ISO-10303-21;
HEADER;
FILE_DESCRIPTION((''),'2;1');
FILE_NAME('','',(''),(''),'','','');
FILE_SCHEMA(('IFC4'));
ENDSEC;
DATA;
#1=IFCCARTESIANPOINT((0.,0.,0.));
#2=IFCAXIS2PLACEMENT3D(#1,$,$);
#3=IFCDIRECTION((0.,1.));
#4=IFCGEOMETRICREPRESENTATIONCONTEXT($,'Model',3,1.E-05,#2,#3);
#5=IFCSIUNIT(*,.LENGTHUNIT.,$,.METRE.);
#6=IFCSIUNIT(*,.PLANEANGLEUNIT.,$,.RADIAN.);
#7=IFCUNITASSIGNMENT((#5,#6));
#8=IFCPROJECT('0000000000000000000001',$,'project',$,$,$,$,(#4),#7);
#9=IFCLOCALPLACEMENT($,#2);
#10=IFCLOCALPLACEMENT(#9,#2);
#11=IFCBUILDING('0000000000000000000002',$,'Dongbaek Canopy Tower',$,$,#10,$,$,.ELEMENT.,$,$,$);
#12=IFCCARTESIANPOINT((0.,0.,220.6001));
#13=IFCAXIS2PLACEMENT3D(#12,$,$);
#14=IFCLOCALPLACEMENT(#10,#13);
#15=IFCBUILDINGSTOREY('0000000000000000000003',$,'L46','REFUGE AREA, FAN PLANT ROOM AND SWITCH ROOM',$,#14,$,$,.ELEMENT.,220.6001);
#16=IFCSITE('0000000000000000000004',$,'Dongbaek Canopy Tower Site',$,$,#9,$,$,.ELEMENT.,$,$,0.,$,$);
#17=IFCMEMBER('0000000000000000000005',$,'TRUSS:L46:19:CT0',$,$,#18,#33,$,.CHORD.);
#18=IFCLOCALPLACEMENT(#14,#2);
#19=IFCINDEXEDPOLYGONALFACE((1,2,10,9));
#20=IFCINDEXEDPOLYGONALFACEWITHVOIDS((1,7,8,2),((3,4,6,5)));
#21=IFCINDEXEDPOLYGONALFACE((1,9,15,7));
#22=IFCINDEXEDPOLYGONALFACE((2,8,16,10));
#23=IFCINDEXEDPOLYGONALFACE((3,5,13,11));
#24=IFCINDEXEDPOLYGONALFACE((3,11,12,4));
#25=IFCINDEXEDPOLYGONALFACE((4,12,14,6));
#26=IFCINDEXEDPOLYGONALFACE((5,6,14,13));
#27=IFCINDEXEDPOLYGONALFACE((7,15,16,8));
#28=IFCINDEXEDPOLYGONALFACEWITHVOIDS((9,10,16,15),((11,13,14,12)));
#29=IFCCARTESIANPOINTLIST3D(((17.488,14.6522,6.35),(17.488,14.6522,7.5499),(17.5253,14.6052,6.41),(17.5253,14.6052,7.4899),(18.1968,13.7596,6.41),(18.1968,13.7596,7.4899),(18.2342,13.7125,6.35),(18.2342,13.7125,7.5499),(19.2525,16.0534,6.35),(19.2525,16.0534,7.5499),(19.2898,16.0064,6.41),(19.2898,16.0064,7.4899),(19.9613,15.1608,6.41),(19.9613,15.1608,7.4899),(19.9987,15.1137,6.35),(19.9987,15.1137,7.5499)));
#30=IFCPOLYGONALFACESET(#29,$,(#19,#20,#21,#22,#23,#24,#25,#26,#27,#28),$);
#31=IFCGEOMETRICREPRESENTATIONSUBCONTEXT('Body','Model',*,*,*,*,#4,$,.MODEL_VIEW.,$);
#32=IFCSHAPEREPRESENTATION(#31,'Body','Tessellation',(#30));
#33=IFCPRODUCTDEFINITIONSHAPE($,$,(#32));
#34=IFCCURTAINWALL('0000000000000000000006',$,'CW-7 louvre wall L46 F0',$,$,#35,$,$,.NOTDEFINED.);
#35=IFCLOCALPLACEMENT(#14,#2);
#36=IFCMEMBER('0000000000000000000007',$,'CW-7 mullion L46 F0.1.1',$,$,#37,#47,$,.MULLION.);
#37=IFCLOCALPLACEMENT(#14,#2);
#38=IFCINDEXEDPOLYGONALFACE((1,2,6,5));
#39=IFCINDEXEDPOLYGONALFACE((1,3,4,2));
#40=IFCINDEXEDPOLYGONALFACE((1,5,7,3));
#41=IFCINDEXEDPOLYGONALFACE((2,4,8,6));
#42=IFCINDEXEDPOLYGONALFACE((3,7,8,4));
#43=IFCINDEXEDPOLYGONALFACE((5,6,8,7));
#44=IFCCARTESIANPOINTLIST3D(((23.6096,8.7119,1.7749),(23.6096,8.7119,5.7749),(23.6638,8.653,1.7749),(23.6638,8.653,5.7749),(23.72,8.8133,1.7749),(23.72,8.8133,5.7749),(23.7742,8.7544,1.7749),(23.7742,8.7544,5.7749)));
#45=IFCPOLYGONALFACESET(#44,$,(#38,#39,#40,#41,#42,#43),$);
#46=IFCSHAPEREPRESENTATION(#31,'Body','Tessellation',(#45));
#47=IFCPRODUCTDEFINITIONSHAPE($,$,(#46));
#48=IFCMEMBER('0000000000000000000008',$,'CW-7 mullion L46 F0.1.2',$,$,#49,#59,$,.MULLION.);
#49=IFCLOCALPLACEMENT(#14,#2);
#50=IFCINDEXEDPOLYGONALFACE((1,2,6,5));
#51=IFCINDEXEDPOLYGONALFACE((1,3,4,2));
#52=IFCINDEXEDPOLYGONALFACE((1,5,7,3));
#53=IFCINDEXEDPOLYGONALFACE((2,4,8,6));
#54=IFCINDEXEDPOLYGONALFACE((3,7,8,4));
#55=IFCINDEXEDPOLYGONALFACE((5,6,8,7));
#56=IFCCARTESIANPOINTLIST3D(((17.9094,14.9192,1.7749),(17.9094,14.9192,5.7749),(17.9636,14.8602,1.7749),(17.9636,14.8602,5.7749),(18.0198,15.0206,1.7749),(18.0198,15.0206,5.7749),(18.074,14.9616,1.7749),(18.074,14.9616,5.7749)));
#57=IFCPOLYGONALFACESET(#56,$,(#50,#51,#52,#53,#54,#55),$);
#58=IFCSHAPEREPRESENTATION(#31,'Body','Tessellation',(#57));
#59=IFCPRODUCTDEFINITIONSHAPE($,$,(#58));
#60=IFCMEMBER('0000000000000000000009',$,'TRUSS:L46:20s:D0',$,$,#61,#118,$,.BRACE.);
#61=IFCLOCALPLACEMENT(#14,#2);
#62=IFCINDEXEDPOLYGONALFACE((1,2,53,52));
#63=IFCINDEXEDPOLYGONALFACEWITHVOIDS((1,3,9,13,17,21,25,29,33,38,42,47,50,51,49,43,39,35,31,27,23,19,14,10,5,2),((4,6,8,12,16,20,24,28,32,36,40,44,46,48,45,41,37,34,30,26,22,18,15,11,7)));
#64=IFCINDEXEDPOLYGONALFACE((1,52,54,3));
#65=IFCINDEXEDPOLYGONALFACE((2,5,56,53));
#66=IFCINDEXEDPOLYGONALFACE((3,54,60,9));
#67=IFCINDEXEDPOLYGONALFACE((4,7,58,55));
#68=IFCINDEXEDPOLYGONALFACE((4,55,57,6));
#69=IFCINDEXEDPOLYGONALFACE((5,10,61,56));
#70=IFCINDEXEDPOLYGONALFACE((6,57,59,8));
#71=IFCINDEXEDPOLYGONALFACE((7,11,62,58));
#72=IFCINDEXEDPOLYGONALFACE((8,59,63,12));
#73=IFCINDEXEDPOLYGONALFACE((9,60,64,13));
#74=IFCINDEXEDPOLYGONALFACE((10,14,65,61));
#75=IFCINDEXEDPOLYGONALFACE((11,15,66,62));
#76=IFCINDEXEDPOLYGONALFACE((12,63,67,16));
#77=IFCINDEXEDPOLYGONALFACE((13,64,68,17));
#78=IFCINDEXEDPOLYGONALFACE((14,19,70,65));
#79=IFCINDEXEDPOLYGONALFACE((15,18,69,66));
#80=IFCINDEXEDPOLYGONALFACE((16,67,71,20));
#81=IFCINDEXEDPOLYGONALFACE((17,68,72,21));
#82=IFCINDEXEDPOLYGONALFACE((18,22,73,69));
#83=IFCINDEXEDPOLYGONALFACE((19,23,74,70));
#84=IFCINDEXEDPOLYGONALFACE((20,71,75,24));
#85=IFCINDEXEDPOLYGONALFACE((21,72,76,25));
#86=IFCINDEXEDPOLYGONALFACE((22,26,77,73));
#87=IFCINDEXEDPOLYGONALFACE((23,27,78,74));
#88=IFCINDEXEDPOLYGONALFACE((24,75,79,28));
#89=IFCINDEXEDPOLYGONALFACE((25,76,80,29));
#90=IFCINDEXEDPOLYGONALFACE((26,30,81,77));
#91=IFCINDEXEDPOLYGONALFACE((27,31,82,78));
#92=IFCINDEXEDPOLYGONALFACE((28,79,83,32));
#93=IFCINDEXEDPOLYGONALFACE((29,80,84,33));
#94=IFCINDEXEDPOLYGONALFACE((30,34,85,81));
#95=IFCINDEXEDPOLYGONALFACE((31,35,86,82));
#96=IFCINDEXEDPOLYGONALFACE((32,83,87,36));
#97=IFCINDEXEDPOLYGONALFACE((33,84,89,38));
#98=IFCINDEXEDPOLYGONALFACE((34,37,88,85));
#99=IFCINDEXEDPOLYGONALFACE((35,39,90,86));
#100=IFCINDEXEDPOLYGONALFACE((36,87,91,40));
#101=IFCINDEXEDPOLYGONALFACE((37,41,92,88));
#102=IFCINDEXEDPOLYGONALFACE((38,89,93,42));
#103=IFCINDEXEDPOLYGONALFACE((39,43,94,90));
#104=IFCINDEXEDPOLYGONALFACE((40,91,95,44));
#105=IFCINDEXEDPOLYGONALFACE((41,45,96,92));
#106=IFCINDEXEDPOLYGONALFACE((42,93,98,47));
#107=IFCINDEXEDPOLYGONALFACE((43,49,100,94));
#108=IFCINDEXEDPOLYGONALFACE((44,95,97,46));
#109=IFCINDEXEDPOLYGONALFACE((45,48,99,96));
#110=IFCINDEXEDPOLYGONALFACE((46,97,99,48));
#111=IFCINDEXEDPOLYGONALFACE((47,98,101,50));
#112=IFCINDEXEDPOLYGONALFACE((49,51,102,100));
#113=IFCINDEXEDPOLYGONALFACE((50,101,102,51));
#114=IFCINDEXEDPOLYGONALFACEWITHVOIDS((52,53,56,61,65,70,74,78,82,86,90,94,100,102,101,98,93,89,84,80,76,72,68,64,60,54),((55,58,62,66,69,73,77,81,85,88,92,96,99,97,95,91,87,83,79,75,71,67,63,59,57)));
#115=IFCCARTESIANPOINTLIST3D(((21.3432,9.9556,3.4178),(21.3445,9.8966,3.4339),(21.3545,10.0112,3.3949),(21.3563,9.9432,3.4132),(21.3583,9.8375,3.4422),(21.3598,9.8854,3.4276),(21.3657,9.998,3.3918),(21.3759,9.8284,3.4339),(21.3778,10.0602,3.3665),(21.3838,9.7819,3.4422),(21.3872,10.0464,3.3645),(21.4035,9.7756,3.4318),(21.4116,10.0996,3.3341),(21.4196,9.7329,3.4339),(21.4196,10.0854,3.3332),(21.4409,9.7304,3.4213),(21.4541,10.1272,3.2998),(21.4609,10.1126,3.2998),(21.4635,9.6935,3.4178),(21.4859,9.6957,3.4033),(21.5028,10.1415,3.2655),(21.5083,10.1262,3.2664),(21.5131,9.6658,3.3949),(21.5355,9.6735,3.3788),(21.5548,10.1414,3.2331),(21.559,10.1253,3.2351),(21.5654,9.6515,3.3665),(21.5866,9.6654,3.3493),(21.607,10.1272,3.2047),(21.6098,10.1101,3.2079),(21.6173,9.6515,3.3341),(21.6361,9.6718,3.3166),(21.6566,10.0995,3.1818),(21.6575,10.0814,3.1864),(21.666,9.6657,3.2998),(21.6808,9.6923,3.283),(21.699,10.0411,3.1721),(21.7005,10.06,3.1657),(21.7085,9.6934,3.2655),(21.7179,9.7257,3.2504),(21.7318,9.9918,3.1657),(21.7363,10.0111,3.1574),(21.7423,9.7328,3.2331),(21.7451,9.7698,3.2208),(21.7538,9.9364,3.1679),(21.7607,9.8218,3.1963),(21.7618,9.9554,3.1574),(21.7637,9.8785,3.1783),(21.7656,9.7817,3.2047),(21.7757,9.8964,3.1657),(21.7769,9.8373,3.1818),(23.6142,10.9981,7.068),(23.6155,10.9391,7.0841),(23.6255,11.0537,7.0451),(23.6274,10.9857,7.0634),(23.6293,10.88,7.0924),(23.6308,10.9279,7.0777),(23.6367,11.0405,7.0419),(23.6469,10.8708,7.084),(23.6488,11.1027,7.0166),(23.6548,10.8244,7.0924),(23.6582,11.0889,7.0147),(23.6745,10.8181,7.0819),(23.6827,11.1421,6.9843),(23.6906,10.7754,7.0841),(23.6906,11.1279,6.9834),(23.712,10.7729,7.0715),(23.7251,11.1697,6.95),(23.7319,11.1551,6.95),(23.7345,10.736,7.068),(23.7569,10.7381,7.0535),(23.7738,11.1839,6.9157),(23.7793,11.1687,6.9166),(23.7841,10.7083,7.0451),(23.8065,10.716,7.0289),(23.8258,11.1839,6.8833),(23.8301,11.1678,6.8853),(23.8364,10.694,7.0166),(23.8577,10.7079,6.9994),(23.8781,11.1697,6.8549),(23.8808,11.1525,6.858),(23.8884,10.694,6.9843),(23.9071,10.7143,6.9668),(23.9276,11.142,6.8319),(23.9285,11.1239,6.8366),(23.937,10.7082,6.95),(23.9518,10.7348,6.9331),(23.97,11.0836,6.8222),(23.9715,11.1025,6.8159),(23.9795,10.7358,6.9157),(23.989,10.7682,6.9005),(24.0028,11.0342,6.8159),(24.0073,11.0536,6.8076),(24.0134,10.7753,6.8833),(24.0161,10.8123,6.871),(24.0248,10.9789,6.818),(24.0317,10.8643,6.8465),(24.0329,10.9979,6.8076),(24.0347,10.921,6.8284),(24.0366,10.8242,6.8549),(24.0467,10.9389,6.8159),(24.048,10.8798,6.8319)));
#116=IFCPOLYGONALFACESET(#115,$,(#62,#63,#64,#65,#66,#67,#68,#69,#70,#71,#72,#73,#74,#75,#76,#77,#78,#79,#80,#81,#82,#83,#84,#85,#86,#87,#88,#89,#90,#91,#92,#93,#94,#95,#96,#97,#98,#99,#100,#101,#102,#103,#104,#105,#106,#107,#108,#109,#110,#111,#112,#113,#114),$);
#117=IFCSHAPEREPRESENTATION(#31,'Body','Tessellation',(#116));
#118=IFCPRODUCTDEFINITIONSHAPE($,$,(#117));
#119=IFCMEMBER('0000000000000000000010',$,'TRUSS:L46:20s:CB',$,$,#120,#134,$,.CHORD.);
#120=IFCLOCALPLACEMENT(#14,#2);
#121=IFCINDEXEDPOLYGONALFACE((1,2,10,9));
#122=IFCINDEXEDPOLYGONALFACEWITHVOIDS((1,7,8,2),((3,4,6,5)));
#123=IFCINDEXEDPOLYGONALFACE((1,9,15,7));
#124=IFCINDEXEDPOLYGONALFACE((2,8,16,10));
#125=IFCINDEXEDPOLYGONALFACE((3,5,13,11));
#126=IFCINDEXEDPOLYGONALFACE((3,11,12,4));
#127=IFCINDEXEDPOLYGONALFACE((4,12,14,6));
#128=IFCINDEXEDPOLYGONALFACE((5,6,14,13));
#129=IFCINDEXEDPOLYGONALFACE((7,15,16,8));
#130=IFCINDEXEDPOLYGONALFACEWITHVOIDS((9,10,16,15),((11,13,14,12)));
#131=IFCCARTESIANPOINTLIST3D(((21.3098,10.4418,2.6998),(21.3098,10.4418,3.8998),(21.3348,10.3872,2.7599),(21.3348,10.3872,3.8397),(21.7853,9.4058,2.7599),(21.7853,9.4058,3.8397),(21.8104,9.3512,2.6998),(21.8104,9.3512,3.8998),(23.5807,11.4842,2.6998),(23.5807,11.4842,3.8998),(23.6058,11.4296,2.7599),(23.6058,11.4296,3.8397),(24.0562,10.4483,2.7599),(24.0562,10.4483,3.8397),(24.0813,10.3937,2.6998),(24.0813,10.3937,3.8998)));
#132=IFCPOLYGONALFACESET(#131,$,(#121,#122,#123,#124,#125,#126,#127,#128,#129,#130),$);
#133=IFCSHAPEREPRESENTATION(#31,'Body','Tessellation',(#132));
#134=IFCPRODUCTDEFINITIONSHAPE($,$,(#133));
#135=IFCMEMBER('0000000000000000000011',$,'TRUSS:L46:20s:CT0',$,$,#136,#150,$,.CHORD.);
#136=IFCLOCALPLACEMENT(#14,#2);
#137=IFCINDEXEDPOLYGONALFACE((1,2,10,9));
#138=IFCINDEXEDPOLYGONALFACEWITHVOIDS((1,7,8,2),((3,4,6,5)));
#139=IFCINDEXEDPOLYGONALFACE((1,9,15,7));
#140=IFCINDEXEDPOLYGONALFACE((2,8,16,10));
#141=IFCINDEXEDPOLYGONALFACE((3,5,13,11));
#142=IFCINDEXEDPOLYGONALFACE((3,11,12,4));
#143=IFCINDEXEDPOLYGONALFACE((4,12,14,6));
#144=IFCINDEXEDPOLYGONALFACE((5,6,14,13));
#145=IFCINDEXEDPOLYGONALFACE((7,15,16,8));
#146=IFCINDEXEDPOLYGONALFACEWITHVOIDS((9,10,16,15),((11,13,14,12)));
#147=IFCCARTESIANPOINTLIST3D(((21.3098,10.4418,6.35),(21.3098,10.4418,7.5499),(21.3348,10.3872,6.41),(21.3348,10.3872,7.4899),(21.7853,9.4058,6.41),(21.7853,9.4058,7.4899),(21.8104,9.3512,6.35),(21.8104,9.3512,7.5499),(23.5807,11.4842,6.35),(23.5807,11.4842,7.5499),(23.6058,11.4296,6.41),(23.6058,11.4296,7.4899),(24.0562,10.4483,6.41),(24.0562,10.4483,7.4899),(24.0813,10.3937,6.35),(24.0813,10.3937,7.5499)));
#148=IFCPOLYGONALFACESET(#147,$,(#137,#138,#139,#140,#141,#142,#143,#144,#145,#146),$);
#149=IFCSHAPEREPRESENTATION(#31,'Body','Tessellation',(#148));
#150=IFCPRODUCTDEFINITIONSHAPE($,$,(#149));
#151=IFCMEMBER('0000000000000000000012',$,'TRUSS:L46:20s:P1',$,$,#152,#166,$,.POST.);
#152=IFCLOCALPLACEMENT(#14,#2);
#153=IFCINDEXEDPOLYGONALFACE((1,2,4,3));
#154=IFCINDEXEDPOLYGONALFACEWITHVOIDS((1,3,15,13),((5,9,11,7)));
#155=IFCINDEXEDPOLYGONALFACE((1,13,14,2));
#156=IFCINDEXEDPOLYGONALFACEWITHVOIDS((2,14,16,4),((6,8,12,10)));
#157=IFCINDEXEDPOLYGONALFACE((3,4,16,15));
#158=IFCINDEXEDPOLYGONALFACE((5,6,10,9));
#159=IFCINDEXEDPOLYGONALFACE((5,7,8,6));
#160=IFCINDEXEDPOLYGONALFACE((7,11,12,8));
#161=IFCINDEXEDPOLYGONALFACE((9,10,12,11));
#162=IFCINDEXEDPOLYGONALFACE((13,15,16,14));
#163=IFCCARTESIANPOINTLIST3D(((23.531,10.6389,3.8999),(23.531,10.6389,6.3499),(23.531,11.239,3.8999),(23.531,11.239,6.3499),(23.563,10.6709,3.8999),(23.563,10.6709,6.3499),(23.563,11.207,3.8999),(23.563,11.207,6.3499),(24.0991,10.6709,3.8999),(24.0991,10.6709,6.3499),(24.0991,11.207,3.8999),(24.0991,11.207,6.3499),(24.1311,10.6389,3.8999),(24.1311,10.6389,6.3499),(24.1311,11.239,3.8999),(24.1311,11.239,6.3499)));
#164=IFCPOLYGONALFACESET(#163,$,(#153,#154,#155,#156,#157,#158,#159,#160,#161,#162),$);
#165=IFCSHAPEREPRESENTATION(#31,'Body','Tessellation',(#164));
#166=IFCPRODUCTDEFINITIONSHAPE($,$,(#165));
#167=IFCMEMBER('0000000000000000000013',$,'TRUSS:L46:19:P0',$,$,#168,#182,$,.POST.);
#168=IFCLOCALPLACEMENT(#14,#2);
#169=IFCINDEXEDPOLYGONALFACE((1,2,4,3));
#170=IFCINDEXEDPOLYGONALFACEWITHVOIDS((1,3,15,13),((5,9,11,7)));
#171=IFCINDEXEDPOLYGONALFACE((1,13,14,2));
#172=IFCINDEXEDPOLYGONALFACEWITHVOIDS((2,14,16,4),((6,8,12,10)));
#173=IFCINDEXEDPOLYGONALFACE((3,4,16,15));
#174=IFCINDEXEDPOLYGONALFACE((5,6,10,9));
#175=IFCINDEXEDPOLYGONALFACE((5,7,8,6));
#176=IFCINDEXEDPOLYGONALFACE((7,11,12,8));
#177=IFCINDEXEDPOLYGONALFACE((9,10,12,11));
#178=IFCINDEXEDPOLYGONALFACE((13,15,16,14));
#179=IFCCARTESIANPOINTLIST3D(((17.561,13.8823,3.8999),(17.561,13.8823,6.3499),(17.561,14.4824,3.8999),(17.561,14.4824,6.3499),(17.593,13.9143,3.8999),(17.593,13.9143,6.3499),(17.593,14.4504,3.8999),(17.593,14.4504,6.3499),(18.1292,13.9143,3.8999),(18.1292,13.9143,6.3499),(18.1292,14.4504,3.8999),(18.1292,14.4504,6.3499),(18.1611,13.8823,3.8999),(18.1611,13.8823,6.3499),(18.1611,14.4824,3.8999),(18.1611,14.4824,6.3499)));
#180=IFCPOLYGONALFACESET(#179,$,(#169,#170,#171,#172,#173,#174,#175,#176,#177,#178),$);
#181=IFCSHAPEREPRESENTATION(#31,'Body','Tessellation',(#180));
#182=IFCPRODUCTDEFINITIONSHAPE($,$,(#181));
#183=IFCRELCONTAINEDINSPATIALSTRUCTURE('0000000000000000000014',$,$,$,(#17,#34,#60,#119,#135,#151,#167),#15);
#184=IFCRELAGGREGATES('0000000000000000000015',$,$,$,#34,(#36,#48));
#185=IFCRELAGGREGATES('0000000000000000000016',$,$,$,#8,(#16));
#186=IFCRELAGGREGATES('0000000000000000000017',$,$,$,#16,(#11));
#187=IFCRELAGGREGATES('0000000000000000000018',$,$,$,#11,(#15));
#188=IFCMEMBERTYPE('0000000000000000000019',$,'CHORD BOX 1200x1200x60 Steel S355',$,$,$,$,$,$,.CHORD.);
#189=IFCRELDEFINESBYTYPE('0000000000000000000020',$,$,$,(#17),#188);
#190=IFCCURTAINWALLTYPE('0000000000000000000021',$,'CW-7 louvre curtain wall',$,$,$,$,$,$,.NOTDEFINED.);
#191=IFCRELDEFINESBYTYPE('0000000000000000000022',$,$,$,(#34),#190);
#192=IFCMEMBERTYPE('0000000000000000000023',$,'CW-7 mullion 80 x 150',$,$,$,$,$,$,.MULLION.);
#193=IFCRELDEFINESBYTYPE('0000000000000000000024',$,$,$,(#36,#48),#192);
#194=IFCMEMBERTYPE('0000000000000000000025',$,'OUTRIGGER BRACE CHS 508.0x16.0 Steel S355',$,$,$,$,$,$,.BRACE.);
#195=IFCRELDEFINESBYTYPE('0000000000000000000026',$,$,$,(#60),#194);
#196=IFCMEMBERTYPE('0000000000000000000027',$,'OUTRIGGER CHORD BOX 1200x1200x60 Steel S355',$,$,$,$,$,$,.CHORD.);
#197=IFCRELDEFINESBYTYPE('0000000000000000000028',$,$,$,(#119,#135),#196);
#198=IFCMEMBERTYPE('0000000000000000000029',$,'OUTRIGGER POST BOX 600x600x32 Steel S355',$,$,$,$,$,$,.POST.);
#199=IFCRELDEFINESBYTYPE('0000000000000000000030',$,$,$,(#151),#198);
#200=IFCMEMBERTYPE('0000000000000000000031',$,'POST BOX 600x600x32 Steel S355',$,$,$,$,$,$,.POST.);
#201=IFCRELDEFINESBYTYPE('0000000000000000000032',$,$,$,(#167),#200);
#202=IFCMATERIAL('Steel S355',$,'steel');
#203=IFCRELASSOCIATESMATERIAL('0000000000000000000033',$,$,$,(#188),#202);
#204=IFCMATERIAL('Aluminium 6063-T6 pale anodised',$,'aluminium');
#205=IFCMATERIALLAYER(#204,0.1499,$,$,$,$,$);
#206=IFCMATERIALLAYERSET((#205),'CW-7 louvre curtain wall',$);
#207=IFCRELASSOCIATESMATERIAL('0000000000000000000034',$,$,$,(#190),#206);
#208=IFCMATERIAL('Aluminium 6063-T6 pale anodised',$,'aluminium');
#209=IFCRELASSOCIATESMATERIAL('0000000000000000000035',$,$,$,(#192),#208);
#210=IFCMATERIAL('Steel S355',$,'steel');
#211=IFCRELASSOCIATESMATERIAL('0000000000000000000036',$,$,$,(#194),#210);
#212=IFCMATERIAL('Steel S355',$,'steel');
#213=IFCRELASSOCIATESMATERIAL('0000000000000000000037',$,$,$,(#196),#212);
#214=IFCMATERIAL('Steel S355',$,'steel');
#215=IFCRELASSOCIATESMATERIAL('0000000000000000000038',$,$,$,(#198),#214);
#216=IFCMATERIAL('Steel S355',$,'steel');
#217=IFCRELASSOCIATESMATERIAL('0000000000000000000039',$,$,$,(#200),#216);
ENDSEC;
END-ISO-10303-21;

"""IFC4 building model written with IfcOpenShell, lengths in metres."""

from ifc_helpers import new_model, si_unit, direction, frame, origin, origin_2d, place, context, subcontext, project, spatial, rectangle, hollow_rectangle, hollow_circle, extrude, material, layer, layer_set, material_profile, profile_set, type_object, element, aggregate, save


model = new_model("IFC4")

# Units and contexts
model_context = context("Model", 3, precision=1e-05, world=origin(), true_north=direction((0.0, 1.0)))
body_context = subcontext(model_context, "Body", "Model", "MODEL_VIEW")
ifc_project = project(units=[si_unit("LENGTHUNIT", "METRE"), si_unit("PLANEANGLEUNIT", "RADIAN")], contexts=[model_context])

# Site, building, storey
site_placement = place(None, origin())
site = spatial("IfcSite", under=ifc_project, at=site_placement, Name="Dongbaek Canopy Tower Site", CompositionType="ELEMENT", RefElevation=0.0)
building_placement = place(site_placement, origin())
building = spatial("IfcBuilding", under=site, at=building_placement, Name="Dongbaek Canopy Tower", CompositionType="ELEMENT")
storey_placement = place(building_placement, frame((0.0, 0.0, 220.6001)))
storey = spatial("IfcBuildingStorey", under=building, at=storey_placement, Name="L46", Description="REFUGE AREA, FAN PLANT ROOM AND SWITCH ROOM", CompositionType="ELEMENT", Elevation=220.6001)

# Member
ifc_material_1 = material(Name="Steel S355", Category="steel")
ifc_material_profile_1 = material_profile(ifc_material_1, hollow_rectangle(XDim=1.2, YDim=1.2, WallThickness=0.0601, at=origin_2d()), Name="CHORD BOX 1200x1200x60 Steel S355")
ifc_profile_set_1 = profile_set([ifc_material_profile_1], Name="Steel S355")
member_type_1 = type_object("IfcMemberType", Name="CHORD BOX 1200x1200x60 Steel S355", PredefinedType="CHORD", material=ifc_profile_set_1)
for number, where, z_axis, x_axis, name in (
    (1, (17.8611, 14.1824, 6.95), (0.783116, 0.621876, 0.0), (-0.621876, 0.783116, 0.0), "TRUSS:L46:19:CT0"),
):
    element("IfcMember", number, at=place(storey_placement, frame(where, z_axis=z_axis, x_axis=x_axis)), inside=storey, type_object=member_type_1, Name=name, PredefinedType="CHORD", context=body_context, shape_type="SweptSolid", body=[
        extrude(hollow_rectangle(XDim=1.2, YDim=1.2, WallThickness=0.0601, at=origin_2d()), origin(), (0.0, 0.0, 1.0), 2.2532),
    ])

# Curtain wall, members
ifc_material_2 = material(Name="Aluminium 6063-T6 pale anodised", Category="aluminium")
ifc_layer_1 = layer(ifc_material_2, 0.1499)
ifc_layer_set_1 = layer_set([ifc_layer_1], Name="CW-7 louvre curtain wall")
curtain_wall_type = type_object("IfcCurtainWallType", Name="CW-7 louvre curtain wall", PredefinedType="NOTDEFINED", material=ifc_layer_set_1)
curtain_wall_placement = place(storey_placement, origin())
curtain_wall = element("IfcCurtainWall", 2, at=curtain_wall_placement, inside=storey, type_object=curtain_wall_type, Name="CW-7 louvre wall L46 F0", PredefinedType="NOTDEFINED")
ifc_material_3 = material(Name="Aluminium 6063-T6 pale anodised", Category="aluminium")
ifc_material_profile_2 = material_profile(ifc_material_3, rectangle(XDim=0.1499, YDim=0.0801, at=origin_2d()), Name="CW-7 mullion 80 x 150")
ifc_profile_set_2 = profile_set([ifc_material_profile_2], Name="Aluminium 6063-T6 pale anodised")
member_type_2 = type_object("IfcMemberType", Name="CW-7 mullion 80 x 150", PredefinedType="MULLION", material=ifc_profile_set_2)
member_1_placement = place(storey_placement, frame((23.6919, 8.7332, 1.7749), z_axis=(0.0, 0.0, 1.0), x_axis=(0.736542, 0.676392, 0.0)))
member_1 = element("IfcMember", 3, at=member_1_placement, type_object=member_type_2, Name="CW-7 mullion L46 F0.1.1", PredefinedType="MULLION", context=body_context, shape_type="SweptSolid", body=[
    extrude(rectangle(XDim=0.1499, YDim=0.0801, at=origin_2d()), origin(), (0.0, 0.0, 1.0), 4.0),
])
member_2_placement = place(storey_placement, frame((17.9917, 14.9404, 1.7749), z_axis=(0.0, 0.0, 1.0), x_axis=(0.736542, 0.676392, 0.0)))
member_2 = element("IfcMember", 4, at=member_2_placement, type_object=member_type_2, Name="CW-7 mullion L46 F0.1.2", PredefinedType="MULLION", context=body_context, shape_type="SweptSolid", body=[
    extrude(rectangle(XDim=0.1499, YDim=0.0801, at=origin_2d()), origin(), (0.0, 0.0, 1.0), 4.0),
])

# Members
ifc_material_4 = material(Name="Steel S355", Category="steel")
ifc_material_profile_3 = material_profile(ifc_material_4, hollow_circle(Radius=0.2539, WallThickness=0.0161, at=origin_2d()), Name="OUTRIGGER BRACE CHS 508.0x16.0 Steel S355")
ifc_profile_set_3 = profile_set([ifc_material_profile_3], Name="Steel S355")
member_type_3 = type_object("IfcMemberType", Name="OUTRIGGER BRACE CHS 508.0x16.0 Steel S355", PredefinedType="BRACE", material=ifc_profile_set_3)
member_3_placement = place(storey_placement, frame((21.5601, 9.8965, 3.2998), z_axis=(0.513388, 0.235666, 0.825163), x_axis=(-0.417186, 0.908821, 0.0)))
element("IfcMember", 5, at=member_3_placement, inside=storey, type_object=member_type_3, Name="TRUSS:L46:20s:D0", PredefinedType="BRACE", context=body_context, shape_type="SweptSolid", body=[
    extrude(hollow_circle(Radius=0.2539, WallThickness=0.0161, at=origin_2d()), origin(), (0.0, 0.0, 1.0), 4.4236),
])
ifc_material_5 = material(Name="Steel S355", Category="steel")
ifc_material_profile_4 = material_profile(ifc_material_5, hollow_rectangle(XDim=1.2, YDim=1.2, WallThickness=0.0601, at=origin_2d()), Name="OUTRIGGER CHORD BOX 1200x1200x60 Steel S355")
ifc_profile_set_4 = profile_set([ifc_material_profile_4], Name="Steel S355")
member_type_4 = type_object("IfcMemberType", Name="OUTRIGGER CHORD BOX 1200x1200x60 Steel S355", PredefinedType="CHORD", material=ifc_profile_set_4)
for number, where, z_axis, x_axis, name in (
    (6, (21.5601, 9.8965, 3.2998), (0.908821, 0.417186, 0.0), (-0.417186, 0.908821, 0.0), "TRUSS:L46:20s:CB"),
    (7, (21.5601, 9.8965, 6.95), (0.908821, 0.417186, 0.0), (-0.417186, 0.908821, 0.0), "TRUSS:L46:20s:CT0"),
):
    element("IfcMember", number, at=place(storey_placement, frame(where, z_axis=z_axis, x_axis=x_axis)), inside=storey, type_object=member_type_4, Name=name, PredefinedType="CHORD", context=body_context, shape_type="SweptSolid", body=[
        extrude(hollow_rectangle(XDim=1.2, YDim=1.2, WallThickness=0.0601, at=origin_2d()), origin(), (0.0, 0.0, 1.0), 2.4988),
    ])
ifc_material_6 = material(Name="Steel S355", Category="steel")
ifc_material_profile_5 = material_profile(ifc_material_6, hollow_rectangle(XDim=0.6001, YDim=0.6001, WallThickness=0.032, at=origin_2d()), Name="OUTRIGGER POST BOX 600x600x32 Steel S355")
ifc_profile_set_5 = profile_set([ifc_material_profile_5], Name="Steel S355")
member_type_5 = type_object("IfcMemberType", Name="OUTRIGGER POST BOX 600x600x32 Steel S355", PredefinedType="POST", material=ifc_profile_set_5)
member_4_placement = place(storey_placement, frame((23.8311, 10.939, 3.8999), z_axis=(0.0, 0.0, 1.0), x_axis=(1.0, 0.0, 0.0)))
element("IfcMember", 8, at=member_4_placement, inside=storey, type_object=member_type_5, Name="TRUSS:L46:20s:P1", PredefinedType="POST", context=body_context, shape_type="SweptSolid", body=[
    extrude(hollow_rectangle(XDim=0.6001, YDim=0.6001, WallThickness=0.032, at=origin_2d()), origin(), (0.0, 0.0, 1.0), 2.45),
])
ifc_material_7 = material(Name="Steel S355", Category="steel")
ifc_material_profile_6 = material_profile(ifc_material_7, hollow_rectangle(XDim=0.6001, YDim=0.6001, WallThickness=0.032, at=origin_2d()), Name="POST BOX 600x600x32 Steel S355")
ifc_profile_set_6 = profile_set([ifc_material_profile_6], Name="Steel S355")
member_type_6 = type_object("IfcMemberType", Name="POST BOX 600x600x32 Steel S355", PredefinedType="POST", material=ifc_profile_set_6)
member_5_placement = place(storey_placement, frame((17.8611, 14.1824, 3.8999), z_axis=(0.0, 0.0, 1.0), x_axis=(1.0, 0.0, 0.0)))
element("IfcMember", 9, at=member_5_placement, inside=storey, type_object=member_type_6, Name="TRUSS:L46:19:P0", PredefinedType="POST", context=body_context, shape_type="SweptSolid", body=[
    extrude(hollow_rectangle(XDim=0.6001, YDim=0.6001, WallThickness=0.032, at=origin_2d()), origin(), (0.0, 0.0, 1.0), 2.45),
])

aggregate(curtain_wall, [member_1, member_2])

save(model, "model.ifc")
